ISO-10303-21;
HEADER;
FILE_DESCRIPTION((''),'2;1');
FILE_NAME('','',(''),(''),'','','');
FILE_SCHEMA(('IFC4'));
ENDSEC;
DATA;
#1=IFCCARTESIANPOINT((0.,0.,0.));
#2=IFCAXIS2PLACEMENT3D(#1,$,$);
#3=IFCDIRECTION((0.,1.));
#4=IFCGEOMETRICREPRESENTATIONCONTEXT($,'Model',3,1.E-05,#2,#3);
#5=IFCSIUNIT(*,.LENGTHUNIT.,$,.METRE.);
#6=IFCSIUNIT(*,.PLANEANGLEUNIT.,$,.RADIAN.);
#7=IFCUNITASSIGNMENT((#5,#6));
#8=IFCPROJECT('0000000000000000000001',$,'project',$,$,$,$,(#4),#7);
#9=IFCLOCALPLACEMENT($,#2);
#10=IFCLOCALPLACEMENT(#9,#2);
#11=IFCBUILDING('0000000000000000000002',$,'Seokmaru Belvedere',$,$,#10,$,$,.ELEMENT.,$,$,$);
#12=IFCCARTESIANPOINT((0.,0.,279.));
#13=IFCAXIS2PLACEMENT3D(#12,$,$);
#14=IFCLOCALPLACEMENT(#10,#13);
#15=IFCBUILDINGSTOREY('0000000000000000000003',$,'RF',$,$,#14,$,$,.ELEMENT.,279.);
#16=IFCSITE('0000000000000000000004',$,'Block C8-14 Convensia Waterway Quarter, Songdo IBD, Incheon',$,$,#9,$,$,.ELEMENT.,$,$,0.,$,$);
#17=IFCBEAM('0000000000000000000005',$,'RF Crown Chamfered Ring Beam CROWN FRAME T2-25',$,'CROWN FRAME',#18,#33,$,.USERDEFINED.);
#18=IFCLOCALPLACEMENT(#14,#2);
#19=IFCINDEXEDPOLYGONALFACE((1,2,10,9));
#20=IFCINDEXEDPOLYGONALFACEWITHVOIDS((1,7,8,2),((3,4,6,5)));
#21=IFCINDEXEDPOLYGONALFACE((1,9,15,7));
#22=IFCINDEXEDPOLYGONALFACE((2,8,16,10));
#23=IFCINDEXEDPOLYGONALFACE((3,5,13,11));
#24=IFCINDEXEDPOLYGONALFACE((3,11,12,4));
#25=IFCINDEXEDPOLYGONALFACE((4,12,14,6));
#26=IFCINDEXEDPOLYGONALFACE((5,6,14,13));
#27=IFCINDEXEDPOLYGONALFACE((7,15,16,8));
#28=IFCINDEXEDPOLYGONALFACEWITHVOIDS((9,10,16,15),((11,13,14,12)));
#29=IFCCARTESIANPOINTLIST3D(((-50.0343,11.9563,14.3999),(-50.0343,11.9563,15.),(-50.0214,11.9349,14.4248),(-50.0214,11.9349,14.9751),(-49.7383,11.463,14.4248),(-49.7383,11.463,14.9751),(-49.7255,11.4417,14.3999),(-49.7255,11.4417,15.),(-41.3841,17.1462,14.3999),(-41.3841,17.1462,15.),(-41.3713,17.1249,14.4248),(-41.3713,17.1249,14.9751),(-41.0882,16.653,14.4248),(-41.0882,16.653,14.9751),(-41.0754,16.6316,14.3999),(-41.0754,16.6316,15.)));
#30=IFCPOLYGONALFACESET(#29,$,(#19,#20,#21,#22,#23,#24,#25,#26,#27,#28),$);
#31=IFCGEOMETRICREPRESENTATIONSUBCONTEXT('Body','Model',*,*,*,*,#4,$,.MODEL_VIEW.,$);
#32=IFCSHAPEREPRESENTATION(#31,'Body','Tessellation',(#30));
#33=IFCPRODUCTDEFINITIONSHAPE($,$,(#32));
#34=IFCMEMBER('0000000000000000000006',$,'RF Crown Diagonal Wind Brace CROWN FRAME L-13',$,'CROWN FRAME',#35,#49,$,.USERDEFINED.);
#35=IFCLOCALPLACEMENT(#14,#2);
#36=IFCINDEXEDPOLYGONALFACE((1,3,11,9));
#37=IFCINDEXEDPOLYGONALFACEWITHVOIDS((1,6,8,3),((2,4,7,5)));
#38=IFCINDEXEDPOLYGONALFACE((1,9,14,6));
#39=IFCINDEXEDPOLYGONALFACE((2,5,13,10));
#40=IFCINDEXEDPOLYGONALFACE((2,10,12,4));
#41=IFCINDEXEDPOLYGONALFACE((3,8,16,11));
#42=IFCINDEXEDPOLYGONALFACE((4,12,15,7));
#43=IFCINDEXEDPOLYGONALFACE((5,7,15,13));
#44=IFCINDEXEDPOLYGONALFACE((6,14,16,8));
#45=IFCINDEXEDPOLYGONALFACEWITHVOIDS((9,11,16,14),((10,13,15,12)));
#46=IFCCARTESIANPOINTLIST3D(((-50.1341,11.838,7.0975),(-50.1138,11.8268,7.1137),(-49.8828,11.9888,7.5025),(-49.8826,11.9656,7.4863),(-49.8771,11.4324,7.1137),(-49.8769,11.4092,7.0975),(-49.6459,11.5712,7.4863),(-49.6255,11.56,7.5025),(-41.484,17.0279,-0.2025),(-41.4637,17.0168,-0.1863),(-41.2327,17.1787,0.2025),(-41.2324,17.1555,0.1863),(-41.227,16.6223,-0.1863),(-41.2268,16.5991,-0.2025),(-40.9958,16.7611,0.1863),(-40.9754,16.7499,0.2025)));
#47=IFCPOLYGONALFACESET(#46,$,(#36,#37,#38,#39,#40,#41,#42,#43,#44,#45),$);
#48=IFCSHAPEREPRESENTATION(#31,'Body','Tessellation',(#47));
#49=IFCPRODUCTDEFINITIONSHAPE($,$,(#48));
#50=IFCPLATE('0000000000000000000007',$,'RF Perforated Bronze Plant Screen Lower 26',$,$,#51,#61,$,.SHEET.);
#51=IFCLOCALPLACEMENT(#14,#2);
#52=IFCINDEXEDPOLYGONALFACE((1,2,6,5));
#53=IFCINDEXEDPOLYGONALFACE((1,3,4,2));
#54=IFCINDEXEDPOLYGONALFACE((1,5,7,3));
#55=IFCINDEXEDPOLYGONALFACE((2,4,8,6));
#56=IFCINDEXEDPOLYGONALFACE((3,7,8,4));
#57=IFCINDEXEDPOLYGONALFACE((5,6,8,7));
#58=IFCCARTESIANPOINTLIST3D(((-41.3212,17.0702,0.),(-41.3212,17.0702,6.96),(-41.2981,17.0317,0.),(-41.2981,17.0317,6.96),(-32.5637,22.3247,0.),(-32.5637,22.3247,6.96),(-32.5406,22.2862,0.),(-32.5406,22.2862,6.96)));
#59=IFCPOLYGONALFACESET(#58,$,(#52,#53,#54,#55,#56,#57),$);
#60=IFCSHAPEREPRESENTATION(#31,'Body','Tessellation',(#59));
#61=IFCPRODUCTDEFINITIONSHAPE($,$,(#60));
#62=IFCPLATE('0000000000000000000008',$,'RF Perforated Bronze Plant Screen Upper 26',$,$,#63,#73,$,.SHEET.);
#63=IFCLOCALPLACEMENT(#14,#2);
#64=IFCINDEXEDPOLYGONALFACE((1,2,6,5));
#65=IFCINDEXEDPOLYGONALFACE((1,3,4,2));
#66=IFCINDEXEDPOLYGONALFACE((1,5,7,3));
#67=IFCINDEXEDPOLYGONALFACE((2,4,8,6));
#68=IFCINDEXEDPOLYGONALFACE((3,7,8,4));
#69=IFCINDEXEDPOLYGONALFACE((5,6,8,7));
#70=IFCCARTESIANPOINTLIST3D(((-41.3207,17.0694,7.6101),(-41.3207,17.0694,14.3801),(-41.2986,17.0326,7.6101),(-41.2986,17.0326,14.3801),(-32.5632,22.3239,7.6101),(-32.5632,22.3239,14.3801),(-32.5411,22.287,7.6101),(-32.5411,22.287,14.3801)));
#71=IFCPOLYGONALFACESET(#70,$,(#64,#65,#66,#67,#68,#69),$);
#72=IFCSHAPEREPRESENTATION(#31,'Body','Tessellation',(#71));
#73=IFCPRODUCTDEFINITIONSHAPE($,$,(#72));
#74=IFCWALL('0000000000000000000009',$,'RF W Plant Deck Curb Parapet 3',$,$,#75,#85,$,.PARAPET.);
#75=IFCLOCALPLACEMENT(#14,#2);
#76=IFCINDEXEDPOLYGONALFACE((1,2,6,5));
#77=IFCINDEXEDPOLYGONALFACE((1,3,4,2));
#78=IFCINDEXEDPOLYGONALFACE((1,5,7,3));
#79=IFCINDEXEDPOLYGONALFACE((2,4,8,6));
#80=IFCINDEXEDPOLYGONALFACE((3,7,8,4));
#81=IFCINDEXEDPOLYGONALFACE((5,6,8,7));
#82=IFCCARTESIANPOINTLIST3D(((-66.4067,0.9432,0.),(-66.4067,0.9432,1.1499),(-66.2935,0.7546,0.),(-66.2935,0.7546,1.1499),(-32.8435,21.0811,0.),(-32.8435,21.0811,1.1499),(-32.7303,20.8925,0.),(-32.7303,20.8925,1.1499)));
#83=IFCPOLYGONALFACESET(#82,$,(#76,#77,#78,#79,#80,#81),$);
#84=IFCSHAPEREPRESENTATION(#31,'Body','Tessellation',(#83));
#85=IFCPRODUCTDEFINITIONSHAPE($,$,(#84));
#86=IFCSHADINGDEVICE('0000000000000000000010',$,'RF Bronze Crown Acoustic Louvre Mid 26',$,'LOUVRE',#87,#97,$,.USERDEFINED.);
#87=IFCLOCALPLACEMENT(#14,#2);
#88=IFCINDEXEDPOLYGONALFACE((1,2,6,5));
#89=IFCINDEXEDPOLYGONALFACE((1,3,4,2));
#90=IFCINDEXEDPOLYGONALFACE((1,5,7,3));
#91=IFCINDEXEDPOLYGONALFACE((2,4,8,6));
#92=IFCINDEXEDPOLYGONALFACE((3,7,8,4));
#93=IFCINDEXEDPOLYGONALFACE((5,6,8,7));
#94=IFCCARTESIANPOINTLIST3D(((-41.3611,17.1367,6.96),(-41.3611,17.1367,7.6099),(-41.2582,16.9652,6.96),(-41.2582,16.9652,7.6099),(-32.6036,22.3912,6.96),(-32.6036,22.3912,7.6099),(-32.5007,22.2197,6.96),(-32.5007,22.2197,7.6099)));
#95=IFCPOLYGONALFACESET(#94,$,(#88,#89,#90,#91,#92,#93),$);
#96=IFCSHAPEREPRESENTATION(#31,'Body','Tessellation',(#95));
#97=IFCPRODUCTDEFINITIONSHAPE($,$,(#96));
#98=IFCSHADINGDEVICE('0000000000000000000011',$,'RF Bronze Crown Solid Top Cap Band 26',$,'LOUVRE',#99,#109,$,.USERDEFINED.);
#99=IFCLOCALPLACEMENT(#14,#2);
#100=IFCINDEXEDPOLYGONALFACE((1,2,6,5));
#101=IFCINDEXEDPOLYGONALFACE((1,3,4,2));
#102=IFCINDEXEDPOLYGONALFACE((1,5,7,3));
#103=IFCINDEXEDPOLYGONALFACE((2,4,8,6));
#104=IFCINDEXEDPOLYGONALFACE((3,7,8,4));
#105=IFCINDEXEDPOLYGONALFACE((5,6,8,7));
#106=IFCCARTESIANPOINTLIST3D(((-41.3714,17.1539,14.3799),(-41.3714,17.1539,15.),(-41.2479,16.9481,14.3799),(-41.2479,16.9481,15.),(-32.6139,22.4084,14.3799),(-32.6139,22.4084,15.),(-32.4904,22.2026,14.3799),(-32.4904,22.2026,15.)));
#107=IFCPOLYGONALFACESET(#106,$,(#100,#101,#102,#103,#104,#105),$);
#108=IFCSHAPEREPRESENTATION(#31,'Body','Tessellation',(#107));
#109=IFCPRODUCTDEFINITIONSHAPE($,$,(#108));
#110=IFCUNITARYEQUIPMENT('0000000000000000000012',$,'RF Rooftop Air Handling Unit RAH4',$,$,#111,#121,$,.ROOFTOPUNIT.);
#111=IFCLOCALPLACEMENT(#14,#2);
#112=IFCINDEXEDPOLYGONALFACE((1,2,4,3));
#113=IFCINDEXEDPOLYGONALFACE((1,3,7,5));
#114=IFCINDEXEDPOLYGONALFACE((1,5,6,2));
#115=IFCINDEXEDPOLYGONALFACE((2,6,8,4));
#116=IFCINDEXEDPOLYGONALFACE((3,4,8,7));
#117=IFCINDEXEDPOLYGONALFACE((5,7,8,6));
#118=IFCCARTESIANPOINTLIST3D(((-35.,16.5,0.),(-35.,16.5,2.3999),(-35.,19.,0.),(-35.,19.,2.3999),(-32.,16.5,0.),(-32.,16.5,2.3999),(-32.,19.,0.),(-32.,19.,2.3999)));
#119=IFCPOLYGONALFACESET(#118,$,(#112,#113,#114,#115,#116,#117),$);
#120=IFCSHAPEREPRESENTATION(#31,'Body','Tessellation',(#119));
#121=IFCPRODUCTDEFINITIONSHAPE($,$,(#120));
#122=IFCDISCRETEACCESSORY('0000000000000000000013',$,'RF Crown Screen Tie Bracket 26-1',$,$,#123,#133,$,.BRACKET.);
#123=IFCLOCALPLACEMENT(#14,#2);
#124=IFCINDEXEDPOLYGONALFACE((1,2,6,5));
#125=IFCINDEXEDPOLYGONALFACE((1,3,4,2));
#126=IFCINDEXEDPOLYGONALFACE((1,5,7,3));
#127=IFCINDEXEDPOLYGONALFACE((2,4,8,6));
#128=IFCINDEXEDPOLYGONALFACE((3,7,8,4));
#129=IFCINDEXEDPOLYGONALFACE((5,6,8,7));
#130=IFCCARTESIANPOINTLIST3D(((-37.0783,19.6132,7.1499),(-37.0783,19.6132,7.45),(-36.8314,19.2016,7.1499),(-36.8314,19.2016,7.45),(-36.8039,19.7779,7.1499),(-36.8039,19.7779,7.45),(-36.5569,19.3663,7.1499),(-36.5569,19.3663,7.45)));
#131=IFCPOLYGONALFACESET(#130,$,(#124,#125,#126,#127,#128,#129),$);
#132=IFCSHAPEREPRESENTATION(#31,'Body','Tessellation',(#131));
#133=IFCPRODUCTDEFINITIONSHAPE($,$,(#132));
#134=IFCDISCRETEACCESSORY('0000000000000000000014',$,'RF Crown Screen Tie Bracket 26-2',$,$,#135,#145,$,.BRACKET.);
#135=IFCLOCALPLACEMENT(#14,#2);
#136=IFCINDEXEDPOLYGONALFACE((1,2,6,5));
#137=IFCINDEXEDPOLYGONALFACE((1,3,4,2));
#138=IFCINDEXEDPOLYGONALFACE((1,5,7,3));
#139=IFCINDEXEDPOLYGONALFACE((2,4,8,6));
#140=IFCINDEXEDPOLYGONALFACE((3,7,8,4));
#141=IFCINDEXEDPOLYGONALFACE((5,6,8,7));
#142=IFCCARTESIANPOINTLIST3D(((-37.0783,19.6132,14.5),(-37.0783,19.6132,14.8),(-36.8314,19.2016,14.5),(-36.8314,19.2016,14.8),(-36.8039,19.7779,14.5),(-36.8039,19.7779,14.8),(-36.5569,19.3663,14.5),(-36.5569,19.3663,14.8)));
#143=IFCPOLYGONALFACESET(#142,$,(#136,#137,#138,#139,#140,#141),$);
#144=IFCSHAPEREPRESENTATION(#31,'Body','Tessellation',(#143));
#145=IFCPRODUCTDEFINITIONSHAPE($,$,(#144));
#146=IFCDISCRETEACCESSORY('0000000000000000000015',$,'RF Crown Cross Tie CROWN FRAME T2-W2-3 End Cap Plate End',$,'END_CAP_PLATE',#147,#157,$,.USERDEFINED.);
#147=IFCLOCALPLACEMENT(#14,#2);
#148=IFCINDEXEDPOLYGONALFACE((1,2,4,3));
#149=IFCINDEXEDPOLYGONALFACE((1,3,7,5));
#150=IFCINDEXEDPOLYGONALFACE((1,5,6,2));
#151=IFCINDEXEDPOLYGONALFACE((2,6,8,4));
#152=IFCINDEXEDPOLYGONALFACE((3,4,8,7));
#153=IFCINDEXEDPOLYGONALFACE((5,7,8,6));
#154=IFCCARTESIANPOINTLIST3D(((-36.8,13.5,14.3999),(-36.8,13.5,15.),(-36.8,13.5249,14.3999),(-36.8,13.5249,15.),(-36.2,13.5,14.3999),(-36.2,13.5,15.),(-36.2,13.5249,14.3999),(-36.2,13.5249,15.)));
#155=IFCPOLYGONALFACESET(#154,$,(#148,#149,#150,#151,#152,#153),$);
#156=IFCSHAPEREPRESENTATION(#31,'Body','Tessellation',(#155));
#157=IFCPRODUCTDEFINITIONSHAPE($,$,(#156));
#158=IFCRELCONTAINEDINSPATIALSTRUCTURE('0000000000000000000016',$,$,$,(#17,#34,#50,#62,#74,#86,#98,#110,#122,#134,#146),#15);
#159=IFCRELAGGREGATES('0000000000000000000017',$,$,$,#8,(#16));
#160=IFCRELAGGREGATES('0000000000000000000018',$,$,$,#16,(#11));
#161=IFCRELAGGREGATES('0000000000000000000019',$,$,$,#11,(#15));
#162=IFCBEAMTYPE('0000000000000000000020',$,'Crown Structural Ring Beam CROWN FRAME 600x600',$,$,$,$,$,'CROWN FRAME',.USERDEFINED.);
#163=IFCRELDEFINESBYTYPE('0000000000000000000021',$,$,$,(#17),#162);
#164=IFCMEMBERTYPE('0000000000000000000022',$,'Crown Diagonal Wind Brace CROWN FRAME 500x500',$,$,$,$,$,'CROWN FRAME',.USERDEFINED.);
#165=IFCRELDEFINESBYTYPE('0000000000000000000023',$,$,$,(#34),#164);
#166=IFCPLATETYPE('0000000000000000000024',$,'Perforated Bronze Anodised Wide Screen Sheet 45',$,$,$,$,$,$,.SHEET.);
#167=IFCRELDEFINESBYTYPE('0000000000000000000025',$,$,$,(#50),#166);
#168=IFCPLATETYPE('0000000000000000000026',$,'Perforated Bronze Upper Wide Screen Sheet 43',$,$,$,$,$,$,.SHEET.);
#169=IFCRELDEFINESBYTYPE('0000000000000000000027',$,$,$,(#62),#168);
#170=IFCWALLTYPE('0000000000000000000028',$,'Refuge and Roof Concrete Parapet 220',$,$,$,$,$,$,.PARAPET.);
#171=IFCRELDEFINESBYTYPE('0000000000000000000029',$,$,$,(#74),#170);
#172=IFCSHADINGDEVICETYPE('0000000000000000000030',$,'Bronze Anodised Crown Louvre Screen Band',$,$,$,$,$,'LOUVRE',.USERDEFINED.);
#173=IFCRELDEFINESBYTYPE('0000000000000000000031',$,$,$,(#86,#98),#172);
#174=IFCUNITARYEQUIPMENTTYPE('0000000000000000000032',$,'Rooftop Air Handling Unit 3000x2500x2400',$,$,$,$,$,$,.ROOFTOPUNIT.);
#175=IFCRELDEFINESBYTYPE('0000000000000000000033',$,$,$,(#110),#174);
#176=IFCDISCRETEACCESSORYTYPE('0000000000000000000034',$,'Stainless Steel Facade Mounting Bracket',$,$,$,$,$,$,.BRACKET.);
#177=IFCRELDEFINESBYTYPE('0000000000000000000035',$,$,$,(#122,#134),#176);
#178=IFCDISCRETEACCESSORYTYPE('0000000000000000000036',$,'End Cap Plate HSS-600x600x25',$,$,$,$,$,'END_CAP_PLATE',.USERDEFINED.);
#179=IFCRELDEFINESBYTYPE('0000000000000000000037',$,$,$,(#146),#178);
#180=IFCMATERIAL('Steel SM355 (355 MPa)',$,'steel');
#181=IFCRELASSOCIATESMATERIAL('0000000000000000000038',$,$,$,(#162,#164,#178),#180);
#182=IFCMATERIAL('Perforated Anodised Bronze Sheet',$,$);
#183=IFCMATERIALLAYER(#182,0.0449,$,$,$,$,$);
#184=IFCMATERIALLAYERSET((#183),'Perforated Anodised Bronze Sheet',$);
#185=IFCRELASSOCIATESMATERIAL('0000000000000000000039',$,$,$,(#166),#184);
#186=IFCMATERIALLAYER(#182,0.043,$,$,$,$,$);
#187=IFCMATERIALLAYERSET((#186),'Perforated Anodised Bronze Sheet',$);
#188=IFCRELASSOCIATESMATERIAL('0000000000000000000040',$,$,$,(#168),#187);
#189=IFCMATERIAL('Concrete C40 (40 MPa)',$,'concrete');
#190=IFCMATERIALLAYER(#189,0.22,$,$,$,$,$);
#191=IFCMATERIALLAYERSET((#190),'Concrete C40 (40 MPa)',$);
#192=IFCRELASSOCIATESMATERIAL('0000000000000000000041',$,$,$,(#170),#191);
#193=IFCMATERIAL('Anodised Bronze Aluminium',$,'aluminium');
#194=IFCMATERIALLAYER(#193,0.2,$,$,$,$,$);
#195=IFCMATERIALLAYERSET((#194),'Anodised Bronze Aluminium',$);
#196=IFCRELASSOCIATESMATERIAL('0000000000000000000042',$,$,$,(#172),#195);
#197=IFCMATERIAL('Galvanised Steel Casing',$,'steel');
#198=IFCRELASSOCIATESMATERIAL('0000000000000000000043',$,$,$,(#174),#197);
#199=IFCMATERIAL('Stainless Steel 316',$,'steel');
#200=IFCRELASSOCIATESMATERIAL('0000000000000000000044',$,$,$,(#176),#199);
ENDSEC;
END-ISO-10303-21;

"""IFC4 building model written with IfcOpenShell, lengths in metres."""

from ifc_helpers import new_model, si_unit, direction, frame, frame_2d, origin, origin_2d, place, context, subcontext, project, spatial, rectangle, hollow_rectangle, extrude, source, transform, mapped, material, layer, layer_set, material_profile, profile_set, type_object, type_shapes, element, save


model = new_model("IFC4")

# Units and contexts
model_context = context("Model", 3, precision=1e-05, world=origin(), true_north=direction((0.0, 1.0)))
body_context = subcontext(model_context, "Body", "Model", "MODEL_VIEW")
ifc_project = project(units=[si_unit("LENGTHUNIT", "METRE"), si_unit("PLANEANGLEUNIT", "RADIAN")], contexts=[model_context])

# Site, building, storey
site_placement = place(None, origin())
site = spatial("IfcSite", under=ifc_project, at=site_placement, Name="Block C8-14 Convensia Waterway Quarter, Songdo IBD, Incheon", CompositionType="ELEMENT", RefElevation=0.0)
building_placement = place(site_placement, origin())
building = spatial("IfcBuilding", under=site, at=building_placement, Name="Seokmaru Belvedere", CompositionType="ELEMENT")
storey_placement = place(building_placement, frame((0.0, 0.0, 279.0)))
storey = spatial("IfcBuildingStorey", under=building, at=storey_placement, Name="RF", CompositionType="ELEMENT", Elevation=279.0)

# Shared definitions
ifc_material_1 = material(Name="Steel SM355 (355 MPa)", Category="steel")

# Beam
ifc_material_profile_1 = material_profile(ifc_material_1, hollow_rectangle(XDim=0.6001, YDim=0.6001, WallThickness=0.0249, at=origin_2d()), Name="HSS-600x600x25")
ifc_profile_set_1 = profile_set([ifc_material_profile_1], Name="Steel SM355 (355 MPa)")
beam_type_1 = type_object("IfcBeamType", Name="Crown Structural Ring Beam CROWN FRAME 600x600", ElementType="CROWN FRAME", PredefinedType="USERDEFINED", material=ifc_profile_set_1)
shared_shape_1 = source(origin(), body_context, "Body", "SweptSolid", [
    extrude(hollow_rectangle(XDim=0.6001, YDim=0.6001, WallThickness=0.0249, at=origin_2d()), origin(), (0.0, 0.0, 1.0), 10.0876),
])
for number, where, z_axis, x_axis, name in (
    (1, (-41.2297, 16.8889, 14.7), (-0.857499, -0.514485, 0.0), (0.514485, -0.857499, 0.0), "RF Crown Chamfered Ring Beam CROWN FRAME T2-25"),
):
    element("IfcBeam", number, at=place(storey_placement, frame(where, z_axis=z_axis, x_axis=x_axis)), inside=storey, type_object=beam_type_1, Name=name, ObjectType="CROWN FRAME", PredefinedType="USERDEFINED", context=body_context, shape_type="MappedRepresentation", body=[
        mapped(shared_shape_1, transform((0.0, 0.0, 0.0), scale=1.0)),
    ])

# Member
ifc_material_profile_2 = material_profile(ifc_material_1, hollow_rectangle(XDim=0.5, YDim=0.5, WallThickness=0.02, at=origin_2d()), Name="HSS-500x500x20")
ifc_profile_set_2 = profile_set([ifc_material_profile_2], Name="Steel SM355 (355 MPa)")
member_type = type_object("IfcMemberType", Name="Crown Diagonal Wind Brace CROWN FRAME 500x500", ElementType="CROWN FRAME", PredefinedType="USERDEFINED", material=ifc_profile_set_2)
shared_shape_2 = source(origin(), body_context, "Body", "SweptSolid", [
    extrude(hollow_rectangle(XDim=0.5, YDim=0.5, WallThickness=0.02, at=origin_2d()), origin(), (0.0, 0.0, 1.0), 12.4519),
])
type_shapes(member_type, [shared_shape_2])
member_placement = place(storey_placement, frame((-41.2297, 16.8889, 0.0), z_axis=(-0.694682, -0.416797, 0.586257), x_axis=(0.514485, -0.857499, 0.0)))
element("IfcMember", 2, at=member_placement, inside=storey, type_object=member_type, Name="RF Crown Diagonal Wind Brace CROWN FRAME L-13", ObjectType="CROWN FRAME", PredefinedType="USERDEFINED", context=body_context, shape_type="MappedRepresentation", body=[
    mapped(shared_shape_2, transform((0.0, 0.0, 0.0), scale=1.0)),
])

# Plates
ifc_material_2 = material(Name="Perforated Anodised Bronze Sheet")
ifc_layer_1 = layer(ifc_material_2, 0.0449)
ifc_layer_set_1 = layer_set([ifc_layer_1], Name="Perforated Anodised Bronze Sheet")
plate_type_1 = type_object("IfcPlateType", Name="Perforated Bronze Anodised Wide Screen Sheet 45", PredefinedType="SHEET", material=ifc_layer_set_1)
shared_shape_3 = source(origin(), body_context, "Body", "SweptSolid", [
    extrude(rectangle(XDim=10.2129, YDim=0.0449, at=origin_2d()), origin(), (0.0, 0.0, 1.0), 6.96),
])
type_shapes(plate_type_1, [shared_shape_3])
plate_1_placement = place(storey_placement, frame((-36.9309, 19.6782, 0.0), z_axis=(0.0, 0.0, 1.0), x_axis=(-0.857493, -0.514496, 0.0)))
element("IfcPlate", 3, at=plate_1_placement, inside=storey, type_object=plate_type_1, Name="RF Perforated Bronze Plant Screen Lower 26", PredefinedType="SHEET", context=body_context, shape_type="MappedRepresentation", body=[
    mapped(shared_shape_3, transform((0.0, 0.0, 0.0), scale=1.0)),
])
ifc_layer_2 = layer(ifc_material_2, 0.043)
ifc_layer_set_2 = layer_set([ifc_layer_2], Name="Perforated Anodised Bronze Sheet")
plate_type_2 = type_object("IfcPlateType", Name="Perforated Bronze Upper Wide Screen Sheet 43", PredefinedType="SHEET", material=ifc_layer_set_2)
shared_shape_4 = source(origin(), body_context, "Body", "SweptSolid", [
    extrude(rectangle(XDim=10.2129, YDim=0.043, at=origin_2d()), origin(), (0.0, 0.0, 1.0), 6.77),
])
type_shapes(plate_type_2, [shared_shape_4])
plate_2_placement = place(storey_placement, frame((-36.9309, 19.6782, 7.6101), z_axis=(0.0, 0.0, 1.0), x_axis=(-0.857493, -0.514496, 0.0)))
element("IfcPlate", 4, at=plate_2_placement, inside=storey, type_object=plate_type_2, Name="RF Perforated Bronze Plant Screen Upper 26", PredefinedType="SHEET", context=body_context, shape_type="MappedRepresentation", body=[
    mapped(shared_shape_4, transform((0.0, 0.0, 0.0), scale=1.0)),
])

# Wall
ifc_material_3 = material(Name="Concrete C40 (40 MPa)", Category="concrete")
ifc_layer_3 = layer(ifc_material_3, 0.22)
ifc_layer_set_3 = layer_set([ifc_layer_3], Name="Concrete C40 (40 MPa)")
wall_type = type_object("IfcWallType", Name="Refuge and Roof Concrete Parapet 220", PredefinedType="PARAPET", material=ifc_layer_set_3)
wall_placement = place(storey_placement, frame((-32.7869, 20.9868, 0.0), z_axis=(0.0, 0.0, 1.0), x_axis=(-0.857493, -0.514496, 0.0)))
element("IfcWall", 5, at=wall_placement, inside=storey, type_object=wall_type, Name="RF W Plant Deck Curb Parapet 3", PredefinedType="PARAPET", context=body_context, shape_type="SweptSolid", body=[
    extrude(rectangle(XDim=39.1411, YDim=0.22, at=frame_2d((19.5706, 0.0))), origin(), (0.0, 0.0, 1.0), 1.1499),
])

# Shading devices
ifc_material_4 = material(Name="Anodised Bronze Aluminium", Category="aluminium")
ifc_layer_4 = layer(ifc_material_4, 0.2)
ifc_layer_set_4 = layer_set([ifc_layer_4], Name="Anodised Bronze Aluminium")
shading_device_type = type_object("IfcShadingDeviceType", Name="Bronze Anodised Crown Louvre Screen Band", ElementType="LOUVRE", PredefinedType="USERDEFINED", material=ifc_layer_set_4)
shared_shape_5 = source(origin(), body_context, "Body", "SweptSolid", [
    extrude(rectangle(XDim=10.2129, YDim=0.2, at=origin_2d()), origin(), (0.0, 0.0, 1.0), 0.6499),
])
shading_device_1_placement = place(storey_placement, frame((-36.9309, 19.6782, 6.96), z_axis=(0.0, 0.0, 1.0), x_axis=(-0.857493, -0.514496, 0.0)))
element("IfcShadingDevice", 6, at=shading_device_1_placement, inside=storey, type_object=shading_device_type, Name="RF Bronze Crown Acoustic Louvre Mid 26", ObjectType="LOUVRE", PredefinedType="USERDEFINED", context=body_context, shape_type="MappedRepresentation", body=[
    mapped(shared_shape_5, transform((0.0, 0.0, 0.0), scale=1.0)),
])
shared_shape_6 = source(origin(), body_context, "Body", "SweptSolid", [
    extrude(rectangle(XDim=10.2129, YDim=0.24, at=origin_2d()), origin(), (0.0, 0.0, 1.0), 0.6201),
])
type_shapes(shading_device_type, [shared_shape_5, shared_shape_6])
shading_device_2_placement = place(storey_placement, frame((-36.9309, 19.6782, 14.3799), z_axis=(0.0, 0.0, 1.0), x_axis=(-0.857493, -0.514496, 0.0)))
element("IfcShadingDevice", 7, at=shading_device_2_placement, inside=storey, type_object=shading_device_type, Name="RF Bronze Crown Solid Top Cap Band 26", ObjectType="LOUVRE", PredefinedType="USERDEFINED", context=body_context, shape_type="MappedRepresentation", body=[
    mapped(shared_shape_6, transform((0.0, 0.0, 0.0), scale=1.0)),
])

# Unitary equipment
ifc_material_5 = material(Name="Galvanised Steel Casing", Category="steel")
unitary_equipment_type = type_object("IfcUnitaryEquipmentType", Name="Rooftop Air Handling Unit 3000x2500x2400", PredefinedType="ROOFTOPUNIT", material=ifc_material_5)
shared_shape_7 = source(origin(), body_context, "Body", "SweptSolid", [
    extrude(rectangle(XDim=3.0, YDim=2.5, at=origin_2d()), origin(), (0.0, 0.0, 1.0), 2.3999),
])
type_shapes(unitary_equipment_type, [shared_shape_7])
unitary_equipment_placement = place(storey_placement, frame((-33.5, 17.75, 0.0), z_axis=(0.0, 0.0, 1.0), x_axis=(1.0, 0.0, 0.0)))
element("IfcUnitaryEquipment", 8, at=unitary_equipment_placement, inside=storey, type_object=unitary_equipment_type, Name="RF Rooftop Air Handling Unit RAH4", PredefinedType="ROOFTOPUNIT", context=body_context, shape_type="MappedRepresentation", body=[
    mapped(shared_shape_7, transform((0.0, 0.0, 0.0), scale=1.0)),
])

# Discrete accessories
ifc_material_6 = material(Name="Stainless Steel 316", Category="steel")
discrete_accessory_type_1 = type_object("IfcDiscreteAccessoryType", Name="Stainless Steel Facade Mounting Bracket", PredefinedType="BRACKET", material=ifc_material_6)
shared_shape_8 = source(origin(), body_context, "Body", "SweptSolid", [
    extrude(rectangle(XDim=0.3201, YDim=0.48, at=origin_2d()), origin(), (0.0, 0.0, 1.0), 0.3),
])
type_shapes(discrete_accessory_type_1, [shared_shape_8])
for number, where, z_axis, x_axis, name in (
    (9, (-36.8176, 19.4897, 7.1499), (0.0, 0.0, 1.0), (-0.857493, -0.514496, 0.0), "RF Crown Screen Tie Bracket 26-1"),
    (10, (-36.8176, 19.4897, 14.5), (0.0, 0.0, 1.0), (-0.857493, -0.514496, 0.0), "RF Crown Screen Tie Bracket 26-2"),
):
    element("IfcDiscreteAccessory", number, at=place(storey_placement, frame(where, z_axis=z_axis, x_axis=x_axis)), inside=storey, type_object=discrete_accessory_type_1, Name=name, PredefinedType="BRACKET", context=body_context, shape_type="MappedRepresentation", body=[
        mapped(shared_shape_8, transform((0.0, 0.0, 0.0), scale=1.0)),
    ])
discrete_accessory_type_2 = type_object("IfcDiscreteAccessoryType", Name="End Cap Plate HSS-600x600x25", ElementType="END_CAP_PLATE", PredefinedType="USERDEFINED", material=ifc_material_1)
shared_shape_9 = source(origin(), body_context, "Body", "SweptSolid", [
    extrude(rectangle(XDim=0.0249, YDim=0.6001, at=origin_2d()), origin(), (0.0, 0.0, 1.0), 0.6001),
])
type_shapes(discrete_accessory_type_2, [shared_shape_9])
discrete_accessory_placement = place(storey_placement, frame((-36.5, 13.5125, 14.3999), z_axis=(0.0, 0.0, 1.0), x_axis=(0.0, 1.0, 0.0)))
element("IfcDiscreteAccessory", 11, at=discrete_accessory_placement, inside=storey, type_object=discrete_accessory_type_2, Name="RF Crown Cross Tie CROWN FRAME T2-W2-3 End Cap Plate End", ObjectType="END_CAP_PLATE", PredefinedType="USERDEFINED", context=body_context, shape_type="MappedRepresentation", body=[
    mapped(shared_shape_9, transform((0.0, 0.0, 0.0), scale=1.0)),
])

save(model, "model.ifc")
